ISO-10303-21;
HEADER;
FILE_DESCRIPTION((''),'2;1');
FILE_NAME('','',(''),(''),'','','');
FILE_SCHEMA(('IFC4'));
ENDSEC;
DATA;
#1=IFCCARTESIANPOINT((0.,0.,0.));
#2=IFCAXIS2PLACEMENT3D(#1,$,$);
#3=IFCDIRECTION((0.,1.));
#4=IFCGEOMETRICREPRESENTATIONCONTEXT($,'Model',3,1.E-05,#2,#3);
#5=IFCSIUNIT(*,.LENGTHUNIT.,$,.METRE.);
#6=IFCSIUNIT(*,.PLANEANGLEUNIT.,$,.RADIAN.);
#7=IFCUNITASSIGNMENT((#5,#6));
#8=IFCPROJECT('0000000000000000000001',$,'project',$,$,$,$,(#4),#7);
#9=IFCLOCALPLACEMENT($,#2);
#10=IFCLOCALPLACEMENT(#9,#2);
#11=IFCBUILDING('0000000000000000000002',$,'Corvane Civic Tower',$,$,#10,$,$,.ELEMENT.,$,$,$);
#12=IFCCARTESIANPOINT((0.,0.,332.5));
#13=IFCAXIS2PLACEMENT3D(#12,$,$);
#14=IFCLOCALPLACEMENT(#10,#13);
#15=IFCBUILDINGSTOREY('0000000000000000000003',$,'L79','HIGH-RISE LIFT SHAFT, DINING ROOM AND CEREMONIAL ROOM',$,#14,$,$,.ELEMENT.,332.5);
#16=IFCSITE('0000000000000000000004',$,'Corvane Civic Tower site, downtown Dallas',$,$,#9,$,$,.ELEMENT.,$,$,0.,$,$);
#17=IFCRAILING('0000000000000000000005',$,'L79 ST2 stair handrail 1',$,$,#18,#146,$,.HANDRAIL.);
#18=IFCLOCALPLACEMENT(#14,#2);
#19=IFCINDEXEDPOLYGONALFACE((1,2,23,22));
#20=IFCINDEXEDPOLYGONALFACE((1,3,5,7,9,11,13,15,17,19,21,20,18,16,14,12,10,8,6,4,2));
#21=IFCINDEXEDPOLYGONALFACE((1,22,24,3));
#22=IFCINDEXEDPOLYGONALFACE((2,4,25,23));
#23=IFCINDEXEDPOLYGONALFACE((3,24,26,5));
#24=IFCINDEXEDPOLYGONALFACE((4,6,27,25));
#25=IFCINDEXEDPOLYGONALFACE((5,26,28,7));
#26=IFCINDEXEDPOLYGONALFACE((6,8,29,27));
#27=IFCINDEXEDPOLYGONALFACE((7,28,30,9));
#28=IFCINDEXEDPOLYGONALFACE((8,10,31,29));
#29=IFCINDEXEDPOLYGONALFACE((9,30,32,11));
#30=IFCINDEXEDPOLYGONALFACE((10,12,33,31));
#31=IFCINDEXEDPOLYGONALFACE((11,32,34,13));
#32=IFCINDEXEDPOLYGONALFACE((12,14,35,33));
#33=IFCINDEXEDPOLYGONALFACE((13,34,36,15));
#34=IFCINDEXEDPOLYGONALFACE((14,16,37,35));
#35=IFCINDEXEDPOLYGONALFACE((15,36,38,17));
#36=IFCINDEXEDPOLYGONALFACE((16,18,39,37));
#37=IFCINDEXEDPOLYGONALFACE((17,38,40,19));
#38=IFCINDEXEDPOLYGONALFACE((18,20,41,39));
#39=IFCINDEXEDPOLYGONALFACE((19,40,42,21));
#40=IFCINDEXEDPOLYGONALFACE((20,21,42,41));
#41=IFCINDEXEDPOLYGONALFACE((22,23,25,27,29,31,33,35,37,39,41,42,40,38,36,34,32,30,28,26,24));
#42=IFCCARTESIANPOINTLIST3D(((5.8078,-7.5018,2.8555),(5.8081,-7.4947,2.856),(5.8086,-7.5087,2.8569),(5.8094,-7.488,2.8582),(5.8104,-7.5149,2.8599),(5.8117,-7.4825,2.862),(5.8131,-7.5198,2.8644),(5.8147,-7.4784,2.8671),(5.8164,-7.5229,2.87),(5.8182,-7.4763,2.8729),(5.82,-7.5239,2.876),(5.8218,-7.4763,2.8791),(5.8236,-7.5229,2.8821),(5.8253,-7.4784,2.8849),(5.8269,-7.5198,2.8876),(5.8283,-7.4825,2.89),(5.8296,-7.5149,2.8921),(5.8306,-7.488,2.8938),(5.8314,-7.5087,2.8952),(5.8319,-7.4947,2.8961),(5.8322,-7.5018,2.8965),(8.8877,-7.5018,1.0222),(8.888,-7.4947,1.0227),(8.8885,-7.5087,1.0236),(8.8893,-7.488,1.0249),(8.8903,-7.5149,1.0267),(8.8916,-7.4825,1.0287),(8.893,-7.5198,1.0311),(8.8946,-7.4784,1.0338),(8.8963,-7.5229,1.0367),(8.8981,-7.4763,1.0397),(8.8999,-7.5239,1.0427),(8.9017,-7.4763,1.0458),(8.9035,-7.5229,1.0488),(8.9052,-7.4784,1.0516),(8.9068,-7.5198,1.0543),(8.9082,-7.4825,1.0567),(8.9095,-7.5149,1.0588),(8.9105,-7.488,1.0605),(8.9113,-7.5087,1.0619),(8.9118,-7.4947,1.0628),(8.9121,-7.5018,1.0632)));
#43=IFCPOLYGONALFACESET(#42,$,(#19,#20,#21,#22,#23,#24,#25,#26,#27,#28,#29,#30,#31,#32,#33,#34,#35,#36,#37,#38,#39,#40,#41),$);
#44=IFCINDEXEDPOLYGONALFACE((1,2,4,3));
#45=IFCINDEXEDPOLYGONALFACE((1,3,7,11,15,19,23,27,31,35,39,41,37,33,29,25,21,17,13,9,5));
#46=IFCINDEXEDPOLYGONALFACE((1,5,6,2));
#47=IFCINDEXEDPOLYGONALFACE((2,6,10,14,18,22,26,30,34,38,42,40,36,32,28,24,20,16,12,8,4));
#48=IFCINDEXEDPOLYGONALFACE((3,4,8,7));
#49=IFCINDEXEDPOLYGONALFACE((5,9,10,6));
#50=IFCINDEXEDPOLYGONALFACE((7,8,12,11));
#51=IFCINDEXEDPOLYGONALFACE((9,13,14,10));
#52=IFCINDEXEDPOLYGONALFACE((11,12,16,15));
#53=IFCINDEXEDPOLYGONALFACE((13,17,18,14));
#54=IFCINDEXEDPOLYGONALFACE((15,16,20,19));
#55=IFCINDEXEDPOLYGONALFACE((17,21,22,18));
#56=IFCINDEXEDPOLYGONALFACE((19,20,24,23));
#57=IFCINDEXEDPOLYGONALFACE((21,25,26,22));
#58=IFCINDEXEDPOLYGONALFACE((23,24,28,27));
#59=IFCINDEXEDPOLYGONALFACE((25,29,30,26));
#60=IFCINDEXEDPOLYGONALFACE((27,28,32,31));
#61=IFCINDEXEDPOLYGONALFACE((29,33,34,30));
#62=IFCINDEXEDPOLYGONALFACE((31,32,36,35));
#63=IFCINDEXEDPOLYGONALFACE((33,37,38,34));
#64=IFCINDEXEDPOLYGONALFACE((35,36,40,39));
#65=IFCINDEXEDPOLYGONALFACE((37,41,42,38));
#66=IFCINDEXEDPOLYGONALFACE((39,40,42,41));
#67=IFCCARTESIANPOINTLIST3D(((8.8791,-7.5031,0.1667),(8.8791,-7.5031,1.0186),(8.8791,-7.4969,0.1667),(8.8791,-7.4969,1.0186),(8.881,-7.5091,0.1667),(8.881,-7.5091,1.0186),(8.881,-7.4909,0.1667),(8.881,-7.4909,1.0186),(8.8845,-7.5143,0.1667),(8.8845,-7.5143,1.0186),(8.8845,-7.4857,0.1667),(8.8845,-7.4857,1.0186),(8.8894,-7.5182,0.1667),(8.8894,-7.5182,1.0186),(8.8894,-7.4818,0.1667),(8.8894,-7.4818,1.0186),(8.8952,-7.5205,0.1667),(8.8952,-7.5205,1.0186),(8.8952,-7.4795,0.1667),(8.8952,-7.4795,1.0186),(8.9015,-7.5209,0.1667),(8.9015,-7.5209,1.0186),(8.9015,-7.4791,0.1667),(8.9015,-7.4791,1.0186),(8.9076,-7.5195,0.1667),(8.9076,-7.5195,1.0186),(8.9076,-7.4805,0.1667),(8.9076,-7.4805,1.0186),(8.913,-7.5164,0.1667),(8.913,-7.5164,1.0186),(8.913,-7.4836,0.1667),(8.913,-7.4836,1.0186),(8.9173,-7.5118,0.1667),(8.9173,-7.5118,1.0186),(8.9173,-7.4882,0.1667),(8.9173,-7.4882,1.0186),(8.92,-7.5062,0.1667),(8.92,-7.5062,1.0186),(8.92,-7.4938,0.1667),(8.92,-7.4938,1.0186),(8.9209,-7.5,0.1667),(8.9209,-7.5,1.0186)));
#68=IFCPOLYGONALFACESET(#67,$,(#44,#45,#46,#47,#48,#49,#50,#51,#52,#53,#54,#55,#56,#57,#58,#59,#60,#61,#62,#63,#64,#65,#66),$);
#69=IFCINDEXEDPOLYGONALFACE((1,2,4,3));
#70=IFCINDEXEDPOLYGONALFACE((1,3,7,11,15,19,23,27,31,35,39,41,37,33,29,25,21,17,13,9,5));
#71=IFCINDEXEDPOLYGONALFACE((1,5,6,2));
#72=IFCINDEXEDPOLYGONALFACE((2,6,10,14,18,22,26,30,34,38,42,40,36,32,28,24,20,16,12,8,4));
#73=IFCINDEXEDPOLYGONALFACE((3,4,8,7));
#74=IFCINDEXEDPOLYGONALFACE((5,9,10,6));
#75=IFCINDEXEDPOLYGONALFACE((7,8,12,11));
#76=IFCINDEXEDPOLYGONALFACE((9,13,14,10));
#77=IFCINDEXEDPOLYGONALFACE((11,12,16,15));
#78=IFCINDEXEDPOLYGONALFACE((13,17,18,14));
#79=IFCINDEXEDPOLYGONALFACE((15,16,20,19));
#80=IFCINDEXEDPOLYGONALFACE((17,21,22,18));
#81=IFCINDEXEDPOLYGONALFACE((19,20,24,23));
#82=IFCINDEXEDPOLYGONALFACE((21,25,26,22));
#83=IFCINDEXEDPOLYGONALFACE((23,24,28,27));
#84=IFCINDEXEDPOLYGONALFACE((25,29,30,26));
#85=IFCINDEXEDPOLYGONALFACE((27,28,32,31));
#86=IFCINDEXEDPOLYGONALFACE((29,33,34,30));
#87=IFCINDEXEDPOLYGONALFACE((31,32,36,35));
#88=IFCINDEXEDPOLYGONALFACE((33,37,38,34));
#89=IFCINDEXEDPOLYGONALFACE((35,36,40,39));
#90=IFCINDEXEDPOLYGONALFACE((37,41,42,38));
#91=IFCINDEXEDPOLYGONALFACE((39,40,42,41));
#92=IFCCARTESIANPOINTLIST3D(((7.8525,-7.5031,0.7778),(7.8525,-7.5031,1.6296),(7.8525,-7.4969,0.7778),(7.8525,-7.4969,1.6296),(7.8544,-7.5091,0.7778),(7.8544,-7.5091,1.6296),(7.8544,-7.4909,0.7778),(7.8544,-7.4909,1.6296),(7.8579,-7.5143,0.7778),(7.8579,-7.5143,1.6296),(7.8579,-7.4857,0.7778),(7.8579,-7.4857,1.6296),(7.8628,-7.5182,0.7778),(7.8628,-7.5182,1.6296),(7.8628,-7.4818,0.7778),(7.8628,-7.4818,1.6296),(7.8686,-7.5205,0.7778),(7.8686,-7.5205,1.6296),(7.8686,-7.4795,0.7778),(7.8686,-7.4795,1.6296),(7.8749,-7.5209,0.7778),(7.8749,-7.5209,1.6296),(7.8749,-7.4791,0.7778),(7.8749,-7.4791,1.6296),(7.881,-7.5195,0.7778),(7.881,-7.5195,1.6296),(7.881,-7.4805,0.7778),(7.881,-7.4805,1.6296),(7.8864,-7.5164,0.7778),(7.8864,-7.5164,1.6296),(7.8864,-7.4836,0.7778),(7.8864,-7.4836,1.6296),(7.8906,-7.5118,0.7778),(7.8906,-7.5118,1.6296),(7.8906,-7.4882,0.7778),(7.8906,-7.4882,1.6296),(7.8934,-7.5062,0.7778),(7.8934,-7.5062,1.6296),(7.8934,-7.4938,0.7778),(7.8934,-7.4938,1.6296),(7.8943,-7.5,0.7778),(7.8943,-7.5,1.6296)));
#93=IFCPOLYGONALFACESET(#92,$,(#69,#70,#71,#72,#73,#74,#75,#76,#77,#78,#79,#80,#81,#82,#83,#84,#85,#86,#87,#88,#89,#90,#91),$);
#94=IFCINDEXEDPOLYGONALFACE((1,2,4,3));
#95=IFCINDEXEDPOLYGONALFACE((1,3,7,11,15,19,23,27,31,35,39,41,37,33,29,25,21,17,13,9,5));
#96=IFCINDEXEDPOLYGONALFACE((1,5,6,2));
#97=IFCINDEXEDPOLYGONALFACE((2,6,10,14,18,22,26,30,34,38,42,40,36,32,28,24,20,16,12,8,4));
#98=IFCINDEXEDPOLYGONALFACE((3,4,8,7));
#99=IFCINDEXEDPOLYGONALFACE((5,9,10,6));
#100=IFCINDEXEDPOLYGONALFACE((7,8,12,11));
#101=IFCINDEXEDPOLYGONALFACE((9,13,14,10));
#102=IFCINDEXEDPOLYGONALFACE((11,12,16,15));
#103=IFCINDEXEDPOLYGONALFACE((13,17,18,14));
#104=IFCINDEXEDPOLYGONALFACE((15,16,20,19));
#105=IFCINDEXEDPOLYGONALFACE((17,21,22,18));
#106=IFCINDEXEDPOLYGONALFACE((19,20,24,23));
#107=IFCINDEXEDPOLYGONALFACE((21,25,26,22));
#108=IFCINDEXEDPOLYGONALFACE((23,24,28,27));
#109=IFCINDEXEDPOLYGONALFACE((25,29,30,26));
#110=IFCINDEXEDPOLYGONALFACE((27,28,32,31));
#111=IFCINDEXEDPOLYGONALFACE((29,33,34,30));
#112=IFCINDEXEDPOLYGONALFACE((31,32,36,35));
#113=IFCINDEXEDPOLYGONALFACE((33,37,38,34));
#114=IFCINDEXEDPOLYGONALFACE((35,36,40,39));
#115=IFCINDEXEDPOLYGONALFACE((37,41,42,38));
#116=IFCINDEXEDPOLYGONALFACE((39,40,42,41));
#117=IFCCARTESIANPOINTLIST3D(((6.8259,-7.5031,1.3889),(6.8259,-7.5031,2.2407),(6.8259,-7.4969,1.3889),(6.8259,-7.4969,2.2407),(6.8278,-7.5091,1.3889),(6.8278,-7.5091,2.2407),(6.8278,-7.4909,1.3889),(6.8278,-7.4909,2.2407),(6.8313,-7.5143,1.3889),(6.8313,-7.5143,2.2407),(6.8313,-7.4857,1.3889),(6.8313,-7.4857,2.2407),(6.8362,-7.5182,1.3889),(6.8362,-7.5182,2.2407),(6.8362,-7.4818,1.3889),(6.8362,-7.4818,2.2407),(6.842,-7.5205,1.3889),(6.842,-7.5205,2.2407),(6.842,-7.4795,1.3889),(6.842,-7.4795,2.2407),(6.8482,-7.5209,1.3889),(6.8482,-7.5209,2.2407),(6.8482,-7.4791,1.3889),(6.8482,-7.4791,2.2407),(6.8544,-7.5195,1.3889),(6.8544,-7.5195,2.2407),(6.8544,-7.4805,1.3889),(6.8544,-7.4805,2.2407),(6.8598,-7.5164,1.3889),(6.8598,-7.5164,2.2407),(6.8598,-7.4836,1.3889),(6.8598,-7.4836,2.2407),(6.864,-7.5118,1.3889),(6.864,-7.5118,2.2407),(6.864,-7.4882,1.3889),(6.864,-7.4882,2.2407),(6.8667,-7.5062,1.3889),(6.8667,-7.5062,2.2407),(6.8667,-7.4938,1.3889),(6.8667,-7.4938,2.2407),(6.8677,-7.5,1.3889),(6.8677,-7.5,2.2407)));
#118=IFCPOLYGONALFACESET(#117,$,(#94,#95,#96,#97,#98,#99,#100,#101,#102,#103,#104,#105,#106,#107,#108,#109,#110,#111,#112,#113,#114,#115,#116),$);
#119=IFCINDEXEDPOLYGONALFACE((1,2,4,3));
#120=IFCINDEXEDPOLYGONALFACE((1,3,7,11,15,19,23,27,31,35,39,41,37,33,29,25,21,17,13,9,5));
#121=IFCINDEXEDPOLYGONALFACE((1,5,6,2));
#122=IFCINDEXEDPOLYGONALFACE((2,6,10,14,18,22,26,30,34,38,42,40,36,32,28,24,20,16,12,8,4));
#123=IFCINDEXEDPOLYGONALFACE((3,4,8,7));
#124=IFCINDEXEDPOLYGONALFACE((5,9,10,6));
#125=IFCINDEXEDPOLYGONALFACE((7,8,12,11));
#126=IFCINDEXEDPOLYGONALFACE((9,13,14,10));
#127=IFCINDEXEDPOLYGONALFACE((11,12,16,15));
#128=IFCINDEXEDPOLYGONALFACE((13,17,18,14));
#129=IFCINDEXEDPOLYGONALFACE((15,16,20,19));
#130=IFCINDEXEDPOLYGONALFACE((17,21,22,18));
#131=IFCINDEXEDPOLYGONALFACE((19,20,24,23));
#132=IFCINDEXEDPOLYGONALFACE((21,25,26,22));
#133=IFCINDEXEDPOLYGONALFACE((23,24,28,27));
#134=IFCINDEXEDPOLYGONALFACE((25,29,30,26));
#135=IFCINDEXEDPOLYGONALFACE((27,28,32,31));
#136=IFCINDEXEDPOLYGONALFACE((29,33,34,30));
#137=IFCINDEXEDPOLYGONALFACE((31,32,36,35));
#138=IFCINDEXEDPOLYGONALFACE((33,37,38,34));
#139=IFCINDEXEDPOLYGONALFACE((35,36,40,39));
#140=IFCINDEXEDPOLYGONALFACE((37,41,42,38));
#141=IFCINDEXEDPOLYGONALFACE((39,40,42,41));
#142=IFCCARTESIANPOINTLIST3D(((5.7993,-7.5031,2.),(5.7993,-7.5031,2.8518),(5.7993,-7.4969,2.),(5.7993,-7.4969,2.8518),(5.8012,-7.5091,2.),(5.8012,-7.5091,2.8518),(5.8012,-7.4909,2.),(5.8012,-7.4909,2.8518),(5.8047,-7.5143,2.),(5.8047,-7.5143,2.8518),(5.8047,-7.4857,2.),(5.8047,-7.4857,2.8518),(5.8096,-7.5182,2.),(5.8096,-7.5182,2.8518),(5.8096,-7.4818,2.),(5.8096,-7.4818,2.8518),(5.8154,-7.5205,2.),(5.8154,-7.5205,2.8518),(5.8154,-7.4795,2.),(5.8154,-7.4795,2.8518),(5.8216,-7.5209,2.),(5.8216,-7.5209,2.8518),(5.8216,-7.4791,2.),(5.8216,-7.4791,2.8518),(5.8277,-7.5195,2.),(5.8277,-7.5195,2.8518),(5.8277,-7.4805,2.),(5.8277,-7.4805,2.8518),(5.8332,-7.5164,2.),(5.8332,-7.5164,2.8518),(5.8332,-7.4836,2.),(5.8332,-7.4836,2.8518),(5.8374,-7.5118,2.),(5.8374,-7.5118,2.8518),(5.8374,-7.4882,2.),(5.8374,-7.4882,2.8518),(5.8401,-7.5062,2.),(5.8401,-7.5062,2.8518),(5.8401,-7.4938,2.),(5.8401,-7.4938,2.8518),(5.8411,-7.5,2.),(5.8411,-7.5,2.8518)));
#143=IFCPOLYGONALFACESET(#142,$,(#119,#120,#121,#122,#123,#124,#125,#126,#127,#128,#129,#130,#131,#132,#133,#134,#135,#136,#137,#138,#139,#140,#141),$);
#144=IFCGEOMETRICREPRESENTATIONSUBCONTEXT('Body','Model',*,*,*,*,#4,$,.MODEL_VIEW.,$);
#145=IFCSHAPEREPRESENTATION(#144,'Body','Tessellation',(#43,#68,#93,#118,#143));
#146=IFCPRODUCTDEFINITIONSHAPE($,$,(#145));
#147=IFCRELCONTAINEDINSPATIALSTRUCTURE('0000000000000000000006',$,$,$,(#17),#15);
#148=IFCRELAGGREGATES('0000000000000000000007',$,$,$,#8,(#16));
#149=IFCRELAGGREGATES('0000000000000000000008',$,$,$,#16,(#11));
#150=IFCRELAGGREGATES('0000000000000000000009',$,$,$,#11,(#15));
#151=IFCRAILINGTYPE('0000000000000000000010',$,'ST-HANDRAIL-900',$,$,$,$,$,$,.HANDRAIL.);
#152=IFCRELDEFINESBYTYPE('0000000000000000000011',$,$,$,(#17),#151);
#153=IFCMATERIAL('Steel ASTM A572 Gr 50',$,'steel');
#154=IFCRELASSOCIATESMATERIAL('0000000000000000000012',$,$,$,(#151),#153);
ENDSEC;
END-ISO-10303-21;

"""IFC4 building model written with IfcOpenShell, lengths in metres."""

from ifc_helpers import new_model, si_unit, direction, frame, origin, origin_2d, place, context, subcontext, project, spatial, circle, extrude, material, type_object, element, save


model = new_model("IFC4")

# Units and contexts
model_context = context("Model", 3, precision=1e-05, world=origin(), true_north=direction((0.0, 1.0)))
body_context = subcontext(model_context, "Body", "Model", "MODEL_VIEW")
ifc_project = project(units=[si_unit("LENGTHUNIT", "METRE"), si_unit("PLANEANGLEUNIT", "RADIAN")], contexts=[model_context])

# Site, building, storey
site_placement = place(None, origin())
site = spatial("IfcSite", under=ifc_project, at=site_placement, Name="Corvane Civic Tower site, downtown Dallas", CompositionType="ELEMENT", RefElevation=0.0)
building_placement = place(site_placement, origin())
building = spatial("IfcBuilding", under=site, at=building_placement, Name="Corvane Civic Tower", CompositionType="ELEMENT")
storey_placement = place(building_placement, frame((0.0, 0.0, 332.5)))
storey = spatial("IfcBuildingStorey", under=building, at=storey_placement, Name="L79", Description="HIGH-RISE LIFT SHAFT, DINING ROOM AND CEREMONIAL ROOM", CompositionType="ELEMENT", Elevation=332.5)

# Railing
ifc_material_1 = material(Name="Steel ASTM A572 Gr 50", Category="steel")
railing_type_1 = type_object("IfcRailingType", Name="ST-HANDRAIL-900", PredefinedType="HANDRAIL", material=ifc_material_1)
railing_1_placement = place(storey_placement, frame((8.8999, -7.5, 0.1667)))
element("IfcRailing", 1, at=railing_1_placement, inside=storey, type_object=railing_type_1, Name="L79 ST2 stair handrail 1", PredefinedType="HANDRAIL", context=body_context, shape_type="SweptSolid", body=[
    extrude(circle(Radius=0.0239, at=origin_2d()), frame((0.0, 0.0, 0.876), z_axis=(-0.859291, 0.0, 0.511487), x_axis=(0.0, -1.0, 0.0)), (0.0, 0.0, 1.0), 3.5842),
    extrude(circle(Radius=0.021, at=origin_2d()), origin(), (0.0, 0.0, 1.0), 0.8518),
    extrude(circle(Radius=0.021, at=origin_2d()), frame((-1.0266, 0.0, 0.6111)), (0.0, 0.0, 1.0), 0.8518),
    extrude(circle(Radius=0.021, at=origin_2d()), frame((-2.0532, 0.0, 1.2222)), (0.0, 0.0, 1.0), 0.8518),
    extrude(circle(Radius=0.021, at=origin_2d()), frame((-3.0798, 0.0, 1.8333)), (0.0, 0.0, 1.0), 0.8518),
])

save(model, "model.ifc")
